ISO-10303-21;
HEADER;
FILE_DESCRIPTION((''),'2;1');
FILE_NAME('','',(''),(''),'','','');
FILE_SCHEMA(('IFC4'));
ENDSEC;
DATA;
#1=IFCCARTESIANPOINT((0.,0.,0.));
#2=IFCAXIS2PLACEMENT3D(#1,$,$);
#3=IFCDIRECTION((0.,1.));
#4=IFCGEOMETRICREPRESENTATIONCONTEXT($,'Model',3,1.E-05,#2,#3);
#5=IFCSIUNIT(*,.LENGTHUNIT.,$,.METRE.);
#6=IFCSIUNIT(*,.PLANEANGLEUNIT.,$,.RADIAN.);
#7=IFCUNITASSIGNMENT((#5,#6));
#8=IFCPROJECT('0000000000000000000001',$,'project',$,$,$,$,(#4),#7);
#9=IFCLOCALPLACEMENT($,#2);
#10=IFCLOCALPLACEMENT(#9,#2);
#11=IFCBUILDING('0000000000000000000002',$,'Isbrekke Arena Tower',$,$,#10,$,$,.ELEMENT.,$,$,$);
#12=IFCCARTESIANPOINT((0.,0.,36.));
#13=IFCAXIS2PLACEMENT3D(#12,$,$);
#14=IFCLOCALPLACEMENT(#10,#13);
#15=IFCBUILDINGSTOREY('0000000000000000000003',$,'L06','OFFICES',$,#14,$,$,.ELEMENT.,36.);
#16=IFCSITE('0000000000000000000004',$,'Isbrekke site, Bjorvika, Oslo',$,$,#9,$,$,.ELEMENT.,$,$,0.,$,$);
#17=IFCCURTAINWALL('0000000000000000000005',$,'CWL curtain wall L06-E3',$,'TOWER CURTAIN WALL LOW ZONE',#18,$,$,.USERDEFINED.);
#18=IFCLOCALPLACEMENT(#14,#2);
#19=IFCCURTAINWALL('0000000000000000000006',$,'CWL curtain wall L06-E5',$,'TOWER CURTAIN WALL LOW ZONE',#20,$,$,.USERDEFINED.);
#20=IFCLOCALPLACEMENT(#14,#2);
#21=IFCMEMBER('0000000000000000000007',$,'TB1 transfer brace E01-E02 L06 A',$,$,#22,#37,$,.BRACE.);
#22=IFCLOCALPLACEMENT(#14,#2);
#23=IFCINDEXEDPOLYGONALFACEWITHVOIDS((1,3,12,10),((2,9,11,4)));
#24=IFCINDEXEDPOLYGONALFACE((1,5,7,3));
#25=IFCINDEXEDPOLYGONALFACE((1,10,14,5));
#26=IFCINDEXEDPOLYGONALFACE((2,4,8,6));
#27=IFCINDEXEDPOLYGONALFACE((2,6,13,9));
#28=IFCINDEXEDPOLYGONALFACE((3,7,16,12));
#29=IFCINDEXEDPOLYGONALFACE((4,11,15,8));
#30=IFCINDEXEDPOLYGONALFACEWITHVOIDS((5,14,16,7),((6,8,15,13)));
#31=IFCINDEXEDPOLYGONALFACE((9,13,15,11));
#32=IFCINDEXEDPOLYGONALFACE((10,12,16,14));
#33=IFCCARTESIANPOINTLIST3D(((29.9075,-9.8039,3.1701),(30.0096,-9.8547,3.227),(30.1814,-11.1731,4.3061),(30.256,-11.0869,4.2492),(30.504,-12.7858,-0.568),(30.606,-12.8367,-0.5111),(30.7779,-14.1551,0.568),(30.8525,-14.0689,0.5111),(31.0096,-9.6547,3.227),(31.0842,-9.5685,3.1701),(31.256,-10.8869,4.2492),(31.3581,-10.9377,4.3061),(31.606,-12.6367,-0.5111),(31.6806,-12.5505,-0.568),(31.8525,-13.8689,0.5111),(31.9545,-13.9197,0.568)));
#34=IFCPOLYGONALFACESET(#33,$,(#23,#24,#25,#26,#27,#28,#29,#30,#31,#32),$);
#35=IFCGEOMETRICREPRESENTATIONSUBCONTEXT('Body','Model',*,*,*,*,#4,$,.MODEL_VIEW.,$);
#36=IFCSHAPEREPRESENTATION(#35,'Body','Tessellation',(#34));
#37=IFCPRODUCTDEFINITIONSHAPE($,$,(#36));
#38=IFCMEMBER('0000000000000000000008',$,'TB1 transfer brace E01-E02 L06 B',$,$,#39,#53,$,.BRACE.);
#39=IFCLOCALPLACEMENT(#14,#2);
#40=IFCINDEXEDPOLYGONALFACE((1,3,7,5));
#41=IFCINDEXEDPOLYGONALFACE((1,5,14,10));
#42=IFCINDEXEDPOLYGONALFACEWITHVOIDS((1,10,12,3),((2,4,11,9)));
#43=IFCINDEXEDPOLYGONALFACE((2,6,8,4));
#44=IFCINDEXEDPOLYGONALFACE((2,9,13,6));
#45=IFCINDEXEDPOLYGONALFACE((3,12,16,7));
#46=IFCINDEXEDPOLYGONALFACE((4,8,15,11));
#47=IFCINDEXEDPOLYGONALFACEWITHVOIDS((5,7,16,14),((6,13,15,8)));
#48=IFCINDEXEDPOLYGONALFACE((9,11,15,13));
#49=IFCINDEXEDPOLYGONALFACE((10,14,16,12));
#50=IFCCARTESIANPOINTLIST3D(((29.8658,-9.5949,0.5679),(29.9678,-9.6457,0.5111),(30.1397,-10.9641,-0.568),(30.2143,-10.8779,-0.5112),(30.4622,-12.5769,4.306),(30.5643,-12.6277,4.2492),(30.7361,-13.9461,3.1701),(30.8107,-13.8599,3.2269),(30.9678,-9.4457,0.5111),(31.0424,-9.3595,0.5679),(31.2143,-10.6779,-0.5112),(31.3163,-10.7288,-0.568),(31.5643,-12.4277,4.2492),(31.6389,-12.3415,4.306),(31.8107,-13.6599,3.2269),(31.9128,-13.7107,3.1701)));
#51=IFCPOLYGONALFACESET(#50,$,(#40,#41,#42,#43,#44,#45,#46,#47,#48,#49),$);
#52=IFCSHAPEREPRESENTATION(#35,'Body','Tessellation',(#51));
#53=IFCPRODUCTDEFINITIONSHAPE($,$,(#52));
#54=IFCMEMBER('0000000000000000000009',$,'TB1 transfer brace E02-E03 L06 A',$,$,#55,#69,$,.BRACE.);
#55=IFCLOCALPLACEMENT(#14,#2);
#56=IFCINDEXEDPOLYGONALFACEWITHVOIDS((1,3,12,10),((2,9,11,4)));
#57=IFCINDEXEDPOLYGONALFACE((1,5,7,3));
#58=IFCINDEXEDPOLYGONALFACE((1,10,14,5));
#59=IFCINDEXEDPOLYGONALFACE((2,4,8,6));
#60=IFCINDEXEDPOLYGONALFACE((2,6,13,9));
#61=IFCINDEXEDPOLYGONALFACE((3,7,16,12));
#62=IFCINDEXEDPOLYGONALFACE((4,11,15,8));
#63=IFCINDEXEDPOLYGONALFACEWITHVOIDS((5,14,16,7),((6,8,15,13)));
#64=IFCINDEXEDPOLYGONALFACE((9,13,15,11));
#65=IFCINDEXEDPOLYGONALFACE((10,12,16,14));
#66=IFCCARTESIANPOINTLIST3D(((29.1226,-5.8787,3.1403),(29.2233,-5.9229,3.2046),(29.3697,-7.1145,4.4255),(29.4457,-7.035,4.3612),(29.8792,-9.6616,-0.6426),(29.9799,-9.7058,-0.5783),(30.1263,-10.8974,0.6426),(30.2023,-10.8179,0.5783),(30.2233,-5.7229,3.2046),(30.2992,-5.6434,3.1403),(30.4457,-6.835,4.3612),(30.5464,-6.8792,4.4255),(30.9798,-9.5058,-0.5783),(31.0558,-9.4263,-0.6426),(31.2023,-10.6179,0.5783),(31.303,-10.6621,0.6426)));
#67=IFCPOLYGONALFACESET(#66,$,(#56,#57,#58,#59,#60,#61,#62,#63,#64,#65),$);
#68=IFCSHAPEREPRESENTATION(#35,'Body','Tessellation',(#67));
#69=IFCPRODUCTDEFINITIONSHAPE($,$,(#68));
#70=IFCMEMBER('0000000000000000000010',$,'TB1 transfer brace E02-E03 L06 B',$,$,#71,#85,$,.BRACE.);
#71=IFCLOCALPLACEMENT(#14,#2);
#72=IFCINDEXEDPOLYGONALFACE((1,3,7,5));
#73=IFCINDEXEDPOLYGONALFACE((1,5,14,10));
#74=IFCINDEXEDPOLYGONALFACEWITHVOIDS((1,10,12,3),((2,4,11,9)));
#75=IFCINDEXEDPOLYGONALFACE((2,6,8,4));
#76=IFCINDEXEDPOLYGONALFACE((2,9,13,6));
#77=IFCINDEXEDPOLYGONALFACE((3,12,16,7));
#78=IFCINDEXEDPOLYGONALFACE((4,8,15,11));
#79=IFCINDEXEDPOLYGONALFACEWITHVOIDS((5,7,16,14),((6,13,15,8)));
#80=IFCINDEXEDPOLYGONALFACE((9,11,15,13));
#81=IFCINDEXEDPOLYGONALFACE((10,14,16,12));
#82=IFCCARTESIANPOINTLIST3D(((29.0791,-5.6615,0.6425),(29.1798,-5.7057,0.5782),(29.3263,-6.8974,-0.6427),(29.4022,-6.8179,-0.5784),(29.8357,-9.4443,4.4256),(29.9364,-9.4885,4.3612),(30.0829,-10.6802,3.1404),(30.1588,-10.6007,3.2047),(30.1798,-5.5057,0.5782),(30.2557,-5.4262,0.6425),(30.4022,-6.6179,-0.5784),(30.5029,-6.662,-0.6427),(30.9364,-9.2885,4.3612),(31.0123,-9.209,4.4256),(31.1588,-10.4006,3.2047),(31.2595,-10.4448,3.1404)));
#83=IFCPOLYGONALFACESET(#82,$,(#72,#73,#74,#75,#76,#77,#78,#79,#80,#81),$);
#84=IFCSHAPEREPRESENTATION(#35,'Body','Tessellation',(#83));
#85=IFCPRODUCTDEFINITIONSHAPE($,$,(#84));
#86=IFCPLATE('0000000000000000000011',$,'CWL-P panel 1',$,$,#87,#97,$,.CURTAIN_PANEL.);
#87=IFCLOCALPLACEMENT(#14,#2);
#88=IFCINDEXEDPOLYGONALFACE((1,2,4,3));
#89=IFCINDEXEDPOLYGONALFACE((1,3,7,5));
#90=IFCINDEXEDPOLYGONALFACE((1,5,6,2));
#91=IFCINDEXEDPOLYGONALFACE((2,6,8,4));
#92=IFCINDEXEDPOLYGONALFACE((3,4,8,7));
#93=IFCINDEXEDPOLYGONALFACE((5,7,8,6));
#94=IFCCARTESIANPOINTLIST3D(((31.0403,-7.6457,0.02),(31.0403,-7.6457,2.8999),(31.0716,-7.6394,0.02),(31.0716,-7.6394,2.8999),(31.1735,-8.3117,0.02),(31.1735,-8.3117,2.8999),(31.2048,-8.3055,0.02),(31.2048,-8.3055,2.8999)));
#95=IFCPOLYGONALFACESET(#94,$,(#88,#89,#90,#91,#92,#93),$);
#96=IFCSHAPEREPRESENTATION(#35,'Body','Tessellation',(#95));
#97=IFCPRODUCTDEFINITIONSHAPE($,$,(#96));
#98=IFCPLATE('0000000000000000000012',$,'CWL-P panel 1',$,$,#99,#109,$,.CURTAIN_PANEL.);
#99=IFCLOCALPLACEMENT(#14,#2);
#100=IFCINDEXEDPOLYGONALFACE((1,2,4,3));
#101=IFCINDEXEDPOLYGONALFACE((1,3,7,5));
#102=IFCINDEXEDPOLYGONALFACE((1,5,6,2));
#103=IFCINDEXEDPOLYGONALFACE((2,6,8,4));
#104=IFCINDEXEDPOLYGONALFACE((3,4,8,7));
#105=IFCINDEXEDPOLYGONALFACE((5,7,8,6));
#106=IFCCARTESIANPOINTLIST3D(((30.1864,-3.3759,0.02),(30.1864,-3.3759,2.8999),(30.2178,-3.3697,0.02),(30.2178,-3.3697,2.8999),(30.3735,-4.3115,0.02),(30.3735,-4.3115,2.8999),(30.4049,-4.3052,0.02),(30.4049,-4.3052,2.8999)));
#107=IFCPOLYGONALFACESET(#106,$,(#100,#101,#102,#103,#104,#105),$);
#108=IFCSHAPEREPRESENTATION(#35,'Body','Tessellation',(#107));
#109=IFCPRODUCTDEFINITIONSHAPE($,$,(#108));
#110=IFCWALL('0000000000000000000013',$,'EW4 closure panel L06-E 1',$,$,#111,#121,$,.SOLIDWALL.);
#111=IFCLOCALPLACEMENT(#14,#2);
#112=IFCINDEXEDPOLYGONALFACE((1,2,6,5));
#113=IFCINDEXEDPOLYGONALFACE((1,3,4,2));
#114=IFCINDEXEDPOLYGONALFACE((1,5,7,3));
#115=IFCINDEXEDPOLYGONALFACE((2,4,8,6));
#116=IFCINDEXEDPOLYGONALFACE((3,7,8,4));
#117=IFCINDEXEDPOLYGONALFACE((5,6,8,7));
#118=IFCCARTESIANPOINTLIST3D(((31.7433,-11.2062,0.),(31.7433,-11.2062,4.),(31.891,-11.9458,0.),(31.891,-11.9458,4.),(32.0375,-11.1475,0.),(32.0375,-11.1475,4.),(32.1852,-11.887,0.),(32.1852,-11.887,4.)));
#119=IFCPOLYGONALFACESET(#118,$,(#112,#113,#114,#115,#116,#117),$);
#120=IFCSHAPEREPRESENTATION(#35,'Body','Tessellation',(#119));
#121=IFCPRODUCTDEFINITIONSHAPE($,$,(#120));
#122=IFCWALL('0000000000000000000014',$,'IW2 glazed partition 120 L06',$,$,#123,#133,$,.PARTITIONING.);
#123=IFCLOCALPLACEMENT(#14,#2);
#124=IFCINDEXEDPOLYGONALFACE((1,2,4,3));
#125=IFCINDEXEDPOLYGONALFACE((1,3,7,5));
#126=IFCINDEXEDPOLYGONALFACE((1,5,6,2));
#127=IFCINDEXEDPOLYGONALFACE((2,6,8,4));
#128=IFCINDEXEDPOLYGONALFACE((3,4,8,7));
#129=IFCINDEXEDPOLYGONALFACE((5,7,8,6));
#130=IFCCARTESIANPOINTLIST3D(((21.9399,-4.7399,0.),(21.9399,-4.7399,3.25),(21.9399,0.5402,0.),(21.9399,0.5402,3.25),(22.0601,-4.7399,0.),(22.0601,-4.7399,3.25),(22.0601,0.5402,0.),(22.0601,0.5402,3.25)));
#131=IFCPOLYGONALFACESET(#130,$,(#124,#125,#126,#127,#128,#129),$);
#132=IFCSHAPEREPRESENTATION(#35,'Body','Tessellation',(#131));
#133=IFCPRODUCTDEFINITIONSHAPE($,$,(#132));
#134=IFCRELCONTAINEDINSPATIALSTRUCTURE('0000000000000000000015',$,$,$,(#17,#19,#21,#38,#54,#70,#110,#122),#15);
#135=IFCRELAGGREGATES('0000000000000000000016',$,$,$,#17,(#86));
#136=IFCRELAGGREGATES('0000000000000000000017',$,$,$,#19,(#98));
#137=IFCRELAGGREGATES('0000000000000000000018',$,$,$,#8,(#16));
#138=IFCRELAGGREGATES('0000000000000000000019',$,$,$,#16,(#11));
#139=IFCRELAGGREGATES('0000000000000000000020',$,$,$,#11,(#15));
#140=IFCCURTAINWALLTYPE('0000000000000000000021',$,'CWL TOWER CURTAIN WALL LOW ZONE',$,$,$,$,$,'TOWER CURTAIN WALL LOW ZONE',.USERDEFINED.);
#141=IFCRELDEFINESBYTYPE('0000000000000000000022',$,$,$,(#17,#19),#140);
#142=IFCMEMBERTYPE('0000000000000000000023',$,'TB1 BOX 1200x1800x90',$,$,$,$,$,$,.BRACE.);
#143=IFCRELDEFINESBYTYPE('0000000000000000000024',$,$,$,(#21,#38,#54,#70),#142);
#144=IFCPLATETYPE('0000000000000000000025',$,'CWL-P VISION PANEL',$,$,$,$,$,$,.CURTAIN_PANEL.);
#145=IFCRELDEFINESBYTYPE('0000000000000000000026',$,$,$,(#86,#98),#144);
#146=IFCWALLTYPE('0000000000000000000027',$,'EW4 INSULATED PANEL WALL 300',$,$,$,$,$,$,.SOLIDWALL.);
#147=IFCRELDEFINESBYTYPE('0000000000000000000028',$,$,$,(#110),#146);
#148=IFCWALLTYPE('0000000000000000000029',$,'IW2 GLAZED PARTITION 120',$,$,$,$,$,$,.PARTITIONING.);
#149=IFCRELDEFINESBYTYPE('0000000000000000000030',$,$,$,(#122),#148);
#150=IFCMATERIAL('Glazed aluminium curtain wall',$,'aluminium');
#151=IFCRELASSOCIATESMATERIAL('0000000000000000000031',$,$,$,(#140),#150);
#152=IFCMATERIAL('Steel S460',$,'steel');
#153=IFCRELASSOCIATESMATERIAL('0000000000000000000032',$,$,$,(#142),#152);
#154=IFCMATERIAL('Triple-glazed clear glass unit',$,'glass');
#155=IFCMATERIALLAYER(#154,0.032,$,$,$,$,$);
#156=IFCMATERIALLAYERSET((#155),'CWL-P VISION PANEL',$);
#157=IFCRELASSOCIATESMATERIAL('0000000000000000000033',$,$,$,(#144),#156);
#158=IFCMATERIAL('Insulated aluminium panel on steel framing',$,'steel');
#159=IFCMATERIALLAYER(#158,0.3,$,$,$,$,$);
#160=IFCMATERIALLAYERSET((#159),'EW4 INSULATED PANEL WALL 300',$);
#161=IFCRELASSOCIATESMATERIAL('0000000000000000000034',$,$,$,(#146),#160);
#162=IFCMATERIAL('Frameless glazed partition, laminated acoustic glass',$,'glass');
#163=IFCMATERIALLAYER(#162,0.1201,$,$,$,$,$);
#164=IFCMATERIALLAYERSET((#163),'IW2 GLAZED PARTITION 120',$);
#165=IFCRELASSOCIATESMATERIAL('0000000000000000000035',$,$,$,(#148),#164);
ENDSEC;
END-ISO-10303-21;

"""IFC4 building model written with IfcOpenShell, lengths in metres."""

from ifc_helpers import new_model, si_unit, direction, frame, frame_2d, origin, origin_2d, place, context, subcontext, project, spatial, rectangle, hollow_rectangle, extrude, material, layer, layer_set, material_profile, profile_set, type_object, element, aggregate, save


model = new_model("IFC4")

# Units and contexts
model_context = context("Model", 3, precision=1e-05, world=origin(), true_north=direction((0.0, 1.0)))
body_context = subcontext(model_context, "Body", "Model", "MODEL_VIEW")
ifc_project = project(units=[si_unit("LENGTHUNIT", "METRE"), si_unit("PLANEANGLEUNIT", "RADIAN")], contexts=[model_context])

# Site, building, storey
site_placement = place(None, origin())
site = spatial("IfcSite", under=ifc_project, at=site_placement, Name="Isbrekke site, Bjorvika, Oslo", CompositionType="ELEMENT", RefElevation=0.0)
building_placement = place(site_placement, origin())
building = spatial("IfcBuilding", under=site, at=building_placement, Name="Isbrekke Arena Tower", CompositionType="ELEMENT")
storey_placement = place(building_placement, frame((0.0, 0.0, 36.0)))
storey = spatial("IfcBuildingStorey", under=building, at=storey_placement, Name="L06", Description="OFFICES", CompositionType="ELEMENT", Elevation=36.0)

# Curtain walls
ifc_material_1 = material(Name="Glazed aluminium curtain wall", Category="aluminium")
curtain_wall_type = type_object("IfcCurtainWallType", Name="CWL TOWER CURTAIN WALL LOW ZONE", ElementType="TOWER CURTAIN WALL LOW ZONE", PredefinedType="USERDEFINED", material=ifc_material_1)
curtain_wall_1_placement = place(storey_placement, origin())
curtain_wall_1 = element("IfcCurtainWall", 1, at=curtain_wall_1_placement, inside=storey, type_object=curtain_wall_type, Name="CWL curtain wall L06-E3", ObjectType="TOWER CURTAIN WALL LOW ZONE", PredefinedType="USERDEFINED")
curtain_wall_2_placement = place(storey_placement, origin())
curtain_wall_2 = element("IfcCurtainWall", 2, at=curtain_wall_2_placement, inside=storey, type_object=curtain_wall_type, Name="CWL curtain wall L06-E5", ObjectType="TOWER CURTAIN WALL LOW ZONE", PredefinedType="USERDEFINED")

# Members
ifc_material_2 = material(Name="Steel S460", Category="steel")
ifc_material_profile_1 = material_profile(ifc_material_2, hollow_rectangle(XDim=1.2, YDim=1.8, WallThickness=0.0901, at=origin_2d()), Name="BOX 1200x1800x90")
ifc_profile_set_1 = profile_set([ifc_material_profile_1], Name="Steel S460")
member_type_1 = type_object("IfcMemberType", Name="TB1 BOX 1200x1800x90", PredefinedType="BRACE", material=ifc_profile_set_1)
for number, where, z_axis, x_axis, name in (
    (3, (31.2292, -13.3528, 0.0), (-0.123773, 0.618816, 0.775724), (-0.980578, -0.196132, 0.0), "TB1 transfer brace E01-E02 L06 A"),
    (4, (31.1875, -13.1438, 3.738), (-0.123773, 0.618816, -0.775724), (-0.980578, -0.196132, 0.0), "TB1 transfer brace E01-E02 L06 B"),
):
    element("IfcMember", number, at=place(storey_placement, frame(where, z_axis=z_axis, x_axis=x_axis)), inside=storey, type_object=member_type_1, Name=name, PredefinedType="BRACE", context=body_context, shape_type="SweptSolid", body=[
        extrude(hollow_rectangle(XDim=1.2, YDim=1.8, WallThickness=0.0901, at=origin_2d()), origin(), (0.0, 0.0, 1.0), 4.8188),
    ])
for number, where, z_axis, x_axis, name in (
    (5, (30.5911, -10.1619, 0.0), (-0.140028, 0.70014, 0.70014), (-0.980581, -0.196116, 0.0), "TB1 transfer brace E02-E03 L06 A"),
    (6, (30.5476, -9.9446, 3.783), (-0.140032, 0.700117, -0.700162), (-0.980578, -0.196128, 0.0), "TB1 transfer brace E02-E03 L06 B"),
):
    element("IfcMember", number, at=place(storey_placement, frame(where, z_axis=z_axis, x_axis=x_axis)), inside=storey, type_object=member_type_1, Name=name, PredefinedType="BRACE", context=body_context, shape_type="SweptSolid", body=[
        extrude(hollow_rectangle(XDim=1.2, YDim=1.8, WallThickness=0.0901, at=origin_2d()), origin(), (0.0, 0.0, 1.0), 5.4031),
    ])

# Plates
ifc_material_3 = material(Name="Triple-glazed clear glass unit", Category="glass")
ifc_layer_1 = layer(ifc_material_3, 0.032)
ifc_layer_set_1 = layer_set([ifc_layer_1], Name="CWL-P VISION PANEL")
plate_type = type_object("IfcPlateType", Name="CWL-P VISION PANEL", PredefinedType="CURTAIN_PANEL", material=ifc_layer_set_1)
plate_1_placement = place(storey_placement, frame((31.1226, -7.9756, 0.02), z_axis=(0.0, 0.0, 1.0), x_axis=(-0.196116, 0.980581, 0.0)))
plate_1 = element("IfcPlate", 7, at=plate_1_placement, type_object=plate_type, Name="CWL-P panel 1", PredefinedType="CURTAIN_PANEL", context=body_context, shape_type="SweptSolid", body=[
    extrude(rectangle(XDim=0.6792, YDim=0.032, at=origin_2d()), origin(), (0.0, 0.0, 1.0), 2.8799),
])
aggregate(curtain_wall_1, [plate_1])
plate_2_placement = place(storey_placement, frame((30.2957, -3.8406, 0.02), z_axis=(0.0, 0.0, 1.0), x_axis=(-0.196116, 0.980581, 0.0)))
plate_2 = element("IfcPlate", 8, at=plate_2_placement, type_object=plate_type, Name="CWL-P panel 1", PredefinedType="CURTAIN_PANEL", context=body_context, shape_type="SweptSolid", body=[
    extrude(rectangle(XDim=0.9541, YDim=0.032, at=origin_2d()), origin(), (0.0, 0.0, 1.0), 2.8799),
])
aggregate(curtain_wall_2, [plate_2])

# Walls
ifc_material_4 = material(Name="Insulated aluminium panel on steel framing", Category="steel")
ifc_layer_2 = layer(ifc_material_4, 0.3)
ifc_layer_set_2 = layer_set([ifc_layer_2], Name="EW4 INSULATED PANEL WALL 300")
wall_type_1 = type_object("IfcWallType", Name="EW4 INSULATED PANEL WALL 300", PredefinedType="SOLIDWALL", material=ifc_layer_set_2)
wall_1_placement = place(storey_placement, frame((32.0381, -11.9163, 0.0), z_axis=(0.0, 0.0, 1.0), x_axis=(-0.195867, 0.98063, 0.0)))
element("IfcWall", 9, at=wall_1_placement, inside=storey, type_object=wall_type_1, Name="EW4 closure panel L06-E 1", PredefinedType="SOLIDWALL", context=body_context, shape_type="SweptSolid", body=[
    extrude(rectangle(XDim=0.7542, YDim=0.3, at=frame_2d((0.377, 0.0))), origin(), (0.0, 0.0, 1.0), 4.0),
])
ifc_material_5 = material(Name="Frameless glazed partition, laminated acoustic glass", Category="glass")
ifc_layer_3 = layer(ifc_material_5, 0.1201)
ifc_layer_set_3 = layer_set([ifc_layer_3], Name="IW2 GLAZED PARTITION 120")
wall_type_2 = type_object("IfcWallType", Name="IW2 GLAZED PARTITION 120", PredefinedType="PARTITIONING", material=ifc_layer_set_3)
wall_2_placement = place(storey_placement, frame((22.0, -4.74, 0.0), z_axis=(0.0, 0.0, 1.0), x_axis=(0.0, 1.0, 0.0)))
element("IfcWall", 10, at=wall_2_placement, inside=storey, type_object=wall_type_2, Name="IW2 glazed partition 120 L06", PredefinedType="PARTITIONING", context=body_context, shape_type="SweptSolid", body=[
    extrude(rectangle(XDim=5.28, YDim=0.1201, at=frame_2d((2.6401, 0.0))), origin(), (0.0, 0.0, 1.0), 3.25),
])

save(model, "model.ifc")
